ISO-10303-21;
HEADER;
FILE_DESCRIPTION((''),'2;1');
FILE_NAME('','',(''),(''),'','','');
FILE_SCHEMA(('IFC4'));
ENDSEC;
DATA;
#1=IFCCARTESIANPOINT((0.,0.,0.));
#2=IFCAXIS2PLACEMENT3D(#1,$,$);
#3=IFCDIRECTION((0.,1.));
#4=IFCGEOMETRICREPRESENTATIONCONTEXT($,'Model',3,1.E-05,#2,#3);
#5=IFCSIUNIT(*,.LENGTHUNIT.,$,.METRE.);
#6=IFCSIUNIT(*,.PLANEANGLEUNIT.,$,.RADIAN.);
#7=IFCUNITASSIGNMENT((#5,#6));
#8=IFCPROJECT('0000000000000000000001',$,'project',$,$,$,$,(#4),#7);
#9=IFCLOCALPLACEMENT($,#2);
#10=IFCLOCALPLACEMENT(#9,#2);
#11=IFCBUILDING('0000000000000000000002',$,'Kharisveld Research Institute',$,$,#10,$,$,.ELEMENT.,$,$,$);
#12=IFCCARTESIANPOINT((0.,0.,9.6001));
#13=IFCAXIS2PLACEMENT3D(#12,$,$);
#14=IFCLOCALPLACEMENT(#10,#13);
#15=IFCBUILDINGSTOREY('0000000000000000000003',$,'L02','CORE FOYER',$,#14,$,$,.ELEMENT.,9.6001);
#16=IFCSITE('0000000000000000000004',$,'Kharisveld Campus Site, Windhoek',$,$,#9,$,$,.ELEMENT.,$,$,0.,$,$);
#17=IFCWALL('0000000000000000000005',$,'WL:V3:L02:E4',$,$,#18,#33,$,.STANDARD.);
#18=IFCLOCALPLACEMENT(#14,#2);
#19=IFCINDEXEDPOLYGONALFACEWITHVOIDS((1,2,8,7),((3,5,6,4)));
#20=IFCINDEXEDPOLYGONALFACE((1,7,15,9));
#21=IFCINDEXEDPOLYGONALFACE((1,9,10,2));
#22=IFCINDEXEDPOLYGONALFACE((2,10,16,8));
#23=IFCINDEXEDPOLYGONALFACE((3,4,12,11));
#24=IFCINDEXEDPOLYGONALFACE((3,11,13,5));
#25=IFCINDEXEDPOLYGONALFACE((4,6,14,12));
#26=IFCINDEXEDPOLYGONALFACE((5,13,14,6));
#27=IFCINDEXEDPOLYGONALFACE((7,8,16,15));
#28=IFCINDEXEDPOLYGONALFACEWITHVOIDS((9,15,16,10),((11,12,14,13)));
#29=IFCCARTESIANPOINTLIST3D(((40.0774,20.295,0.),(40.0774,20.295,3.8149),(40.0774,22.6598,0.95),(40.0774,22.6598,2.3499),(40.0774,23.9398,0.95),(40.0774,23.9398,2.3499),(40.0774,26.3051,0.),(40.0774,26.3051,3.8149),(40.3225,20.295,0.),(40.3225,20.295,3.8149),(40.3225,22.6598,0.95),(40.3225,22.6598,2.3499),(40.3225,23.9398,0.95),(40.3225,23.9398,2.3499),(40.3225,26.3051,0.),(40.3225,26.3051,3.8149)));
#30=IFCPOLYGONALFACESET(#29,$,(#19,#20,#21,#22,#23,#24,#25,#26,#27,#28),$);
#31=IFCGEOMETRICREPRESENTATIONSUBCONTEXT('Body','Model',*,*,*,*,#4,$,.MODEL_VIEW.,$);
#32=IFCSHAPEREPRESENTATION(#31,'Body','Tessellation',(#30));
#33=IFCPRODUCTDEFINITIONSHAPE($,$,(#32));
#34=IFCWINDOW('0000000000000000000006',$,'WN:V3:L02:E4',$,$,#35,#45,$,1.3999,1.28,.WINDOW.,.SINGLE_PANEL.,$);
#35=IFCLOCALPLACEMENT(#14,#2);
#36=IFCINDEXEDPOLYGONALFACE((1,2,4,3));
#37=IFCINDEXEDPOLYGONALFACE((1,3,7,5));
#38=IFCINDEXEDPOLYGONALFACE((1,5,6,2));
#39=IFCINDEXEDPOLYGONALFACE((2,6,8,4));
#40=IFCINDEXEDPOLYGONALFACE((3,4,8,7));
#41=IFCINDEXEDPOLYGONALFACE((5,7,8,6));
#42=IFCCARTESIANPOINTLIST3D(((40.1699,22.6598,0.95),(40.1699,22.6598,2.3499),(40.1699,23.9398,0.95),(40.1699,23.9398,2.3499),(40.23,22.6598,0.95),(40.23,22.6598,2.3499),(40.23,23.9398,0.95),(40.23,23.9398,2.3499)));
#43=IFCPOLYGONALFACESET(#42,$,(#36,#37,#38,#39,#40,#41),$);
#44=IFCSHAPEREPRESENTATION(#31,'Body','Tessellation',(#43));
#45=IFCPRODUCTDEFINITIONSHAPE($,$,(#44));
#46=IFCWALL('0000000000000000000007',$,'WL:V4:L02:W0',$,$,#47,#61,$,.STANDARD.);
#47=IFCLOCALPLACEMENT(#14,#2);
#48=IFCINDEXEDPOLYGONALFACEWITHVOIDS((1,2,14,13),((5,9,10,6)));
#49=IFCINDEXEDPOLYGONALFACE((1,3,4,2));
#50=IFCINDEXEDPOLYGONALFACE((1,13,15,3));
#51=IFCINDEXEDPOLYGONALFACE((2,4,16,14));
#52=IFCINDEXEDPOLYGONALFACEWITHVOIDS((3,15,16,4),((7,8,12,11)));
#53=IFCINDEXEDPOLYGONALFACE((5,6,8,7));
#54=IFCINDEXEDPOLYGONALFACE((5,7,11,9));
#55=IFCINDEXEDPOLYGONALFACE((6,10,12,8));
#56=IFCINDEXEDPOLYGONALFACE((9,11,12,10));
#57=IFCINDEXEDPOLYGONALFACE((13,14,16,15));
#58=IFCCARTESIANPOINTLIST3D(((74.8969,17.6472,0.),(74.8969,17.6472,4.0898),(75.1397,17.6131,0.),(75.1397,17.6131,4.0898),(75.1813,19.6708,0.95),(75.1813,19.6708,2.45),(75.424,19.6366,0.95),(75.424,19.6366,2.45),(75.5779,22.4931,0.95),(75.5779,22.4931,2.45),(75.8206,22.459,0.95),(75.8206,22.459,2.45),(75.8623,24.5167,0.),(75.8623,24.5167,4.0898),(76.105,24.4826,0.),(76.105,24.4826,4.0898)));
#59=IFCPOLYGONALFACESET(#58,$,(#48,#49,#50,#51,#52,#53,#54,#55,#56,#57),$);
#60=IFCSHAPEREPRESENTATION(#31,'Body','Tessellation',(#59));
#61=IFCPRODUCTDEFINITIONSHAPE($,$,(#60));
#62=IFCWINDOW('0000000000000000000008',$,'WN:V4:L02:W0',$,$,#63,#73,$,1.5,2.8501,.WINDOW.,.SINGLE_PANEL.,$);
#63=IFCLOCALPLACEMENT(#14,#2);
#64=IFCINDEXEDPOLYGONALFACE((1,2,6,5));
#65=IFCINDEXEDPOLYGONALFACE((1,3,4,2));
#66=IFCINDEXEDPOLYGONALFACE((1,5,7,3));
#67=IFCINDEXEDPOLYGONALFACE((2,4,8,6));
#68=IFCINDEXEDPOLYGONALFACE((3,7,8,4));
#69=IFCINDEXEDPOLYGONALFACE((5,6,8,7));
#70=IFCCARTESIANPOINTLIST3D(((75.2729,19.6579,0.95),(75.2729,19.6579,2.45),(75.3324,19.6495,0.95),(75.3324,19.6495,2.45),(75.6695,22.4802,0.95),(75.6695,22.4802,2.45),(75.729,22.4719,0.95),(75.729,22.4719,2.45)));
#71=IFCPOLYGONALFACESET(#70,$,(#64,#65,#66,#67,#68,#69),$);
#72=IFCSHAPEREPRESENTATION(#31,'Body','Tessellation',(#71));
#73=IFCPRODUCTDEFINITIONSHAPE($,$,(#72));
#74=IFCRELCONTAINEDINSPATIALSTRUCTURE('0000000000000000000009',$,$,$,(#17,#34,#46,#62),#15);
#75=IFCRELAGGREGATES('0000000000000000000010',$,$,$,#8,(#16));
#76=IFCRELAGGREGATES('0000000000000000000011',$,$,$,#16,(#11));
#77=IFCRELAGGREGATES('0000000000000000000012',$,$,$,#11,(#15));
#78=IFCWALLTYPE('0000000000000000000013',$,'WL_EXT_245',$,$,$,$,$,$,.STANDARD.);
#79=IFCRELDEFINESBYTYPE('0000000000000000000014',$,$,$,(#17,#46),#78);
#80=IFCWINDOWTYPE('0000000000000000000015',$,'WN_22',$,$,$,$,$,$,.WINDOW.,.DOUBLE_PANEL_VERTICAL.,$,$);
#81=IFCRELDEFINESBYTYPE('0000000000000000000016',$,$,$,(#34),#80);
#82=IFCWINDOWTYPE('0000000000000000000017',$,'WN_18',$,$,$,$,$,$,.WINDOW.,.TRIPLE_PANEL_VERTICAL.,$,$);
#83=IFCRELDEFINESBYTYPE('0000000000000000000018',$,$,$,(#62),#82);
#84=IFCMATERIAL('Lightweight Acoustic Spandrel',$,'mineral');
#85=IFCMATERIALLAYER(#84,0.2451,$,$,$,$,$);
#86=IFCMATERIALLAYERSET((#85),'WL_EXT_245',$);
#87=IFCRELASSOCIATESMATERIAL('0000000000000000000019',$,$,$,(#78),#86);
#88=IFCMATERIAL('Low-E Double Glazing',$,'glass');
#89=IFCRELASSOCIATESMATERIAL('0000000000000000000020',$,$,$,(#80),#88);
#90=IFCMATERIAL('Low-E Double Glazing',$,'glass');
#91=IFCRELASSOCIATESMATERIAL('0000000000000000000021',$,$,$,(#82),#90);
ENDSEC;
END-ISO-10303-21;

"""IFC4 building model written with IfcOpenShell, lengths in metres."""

from ifc_helpers import new_model, si_unit, direction, frame, frame_2d, origin, place, context, subcontext, project, spatial, rectangle, extrude, material, layer, layer_set, type_object, element, fill, save


model = new_model("IFC4")

# Units and contexts
model_context = context("Model", 3, precision=1e-05, world=origin(), true_north=direction((0.0, 1.0)))
body_context = subcontext(model_context, "Body", "Model", "MODEL_VIEW")
ifc_project = project(units=[si_unit("LENGTHUNIT", "METRE"), si_unit("PLANEANGLEUNIT", "RADIAN")], contexts=[model_context])

# Site, building, storey
site_placement = place(None, origin())
site = spatial("IfcSite", under=ifc_project, at=site_placement, Name="Kharisveld Campus Site, Windhoek", CompositionType="ELEMENT", RefElevation=0.0)
building_placement = place(site_placement, origin())
building = spatial("IfcBuilding", under=site, at=building_placement, Name="Kharisveld Research Institute", CompositionType="ELEMENT")
storey_placement = place(building_placement, frame((0.0, 0.0, 9.6001)))
storey = spatial("IfcBuildingStorey", under=building, at=storey_placement, Name="L02", Description="CORE FOYER", CompositionType="ELEMENT", Elevation=9.6001)

# Walls, openings, windows
ifc_material_1 = material(Name="Lightweight Acoustic Spandrel", Category="mineral")
ifc_layer_1 = layer(ifc_material_1, 0.2451)
ifc_layer_set_1 = layer_set([ifc_layer_1], Name="WL_EXT_245")
wall_type = type_object("IfcWallType", Name="WL_EXT_245", PredefinedType="STANDARD", material=ifc_layer_set_1)
wall_1_placement = place(storey_placement, frame((40.2, 26.3049, 0.0), z_axis=(0.0, 0.0, 1.0), x_axis=(0.0, -1.0, 0.0)))
wall_1 = element("IfcWall", 1, at=wall_1_placement, inside=storey, type_object=wall_type, Name="WL:V3:L02:E4", PredefinedType="STANDARD", context=body_context, shape_type="SweptSolid", body=[
    extrude(rectangle(XDim=6.01, YDim=0.2451, at=frame_2d((3.0049, 0.0))), origin(), (0.0, 0.0, 1.0), 3.8149),
])
opening_1_placement = place(wall_1_placement, frame((2.365, 0.0, 0.95)))
opening_1 = element("IfcOpeningElement", 2, at=opening_1_placement, cuts=wall_1, PredefinedType="OPENING", context=body_context, shape_type="SweptSolid", body=[
    extrude(rectangle(XDim=1.28, YDim=1.3999, at=frame_2d((0.6401, 0.7))), frame((0.0, 0.1226, 0.0), z_axis=(0.0, -1.0, 0.0), x_axis=(1.0, 0.0, 0.0)), (0.0, 0.0, 1.0), 0.2451),
])
ifc_material_2 = material(Name="Low-E Double Glazing", Category="glass")
window_type_1 = type_object("IfcWindowType", Name="WN_22", PartitioningType="DOUBLE_PANEL_VERTICAL", PredefinedType="WINDOW", material=ifc_material_2)
window_1_placement = place(opening_1_placement, origin())
window_1 = element("IfcWindow", 3, at=window_1_placement, inside=storey, type_object=window_type_1, Name="WN:V3:L02:E4", OverallHeight=1.3999, OverallWidth=1.28, PartitioningType="SINGLE_PANEL", PredefinedType="WINDOW", context=body_context, shape_type="SweptSolid", body=[
    extrude(rectangle(XDim=1.28, YDim=1.3999, at=frame_2d((0.6401, 0.7))), frame((0.0, 0.03, 0.0), z_axis=(0.0, -1.0, 0.0), x_axis=(1.0, 0.0, 0.0)), (0.0, 0.0, 1.0), 0.0601),
])
fill(opening_1, window_1)
wall_2_placement = place(storey_placement, frame((75.0183, 17.6301, 0.0), z_axis=(0.0, 0.0, 1.0), x_axis=(0.139155, 0.990271, 0.0)))
wall_2 = element("IfcWall", 4, at=wall_2_placement, inside=storey, type_object=wall_type, Name="WL:V4:L02:W0", PredefinedType="STANDARD", context=body_context, shape_type="SweptSolid", body=[
    extrude(rectangle(XDim=6.937, YDim=0.2451, at=frame_2d((3.4685, 0.0))), origin(), (0.0, 0.0, 1.0), 4.0898),
])
opening_2_placement = place(wall_2_placement, frame((2.0435, 0.0, 0.95)))
opening_2 = element("IfcOpeningElement", 5, at=opening_2_placement, cuts=wall_2, PredefinedType="OPENING", context=body_context, shape_type="SweptSolid", body=[
    extrude(rectangle(XDim=2.8501, YDim=1.5, at=frame_2d((1.425, 0.75))), frame((0.0, 0.1226, 0.0), z_axis=(0.0, -1.0, 0.0), x_axis=(1.0, 0.0, 0.0)), (0.0, 0.0, 1.0), 0.2451),
])
ifc_material_3 = material(Name="Low-E Double Glazing", Category="glass")
window_type_2 = type_object("IfcWindowType", Name="WN_18", PartitioningType="TRIPLE_PANEL_VERTICAL", PredefinedType="WINDOW", material=ifc_material_3)
window_2_placement = place(opening_2_placement, origin())
window_2 = element("IfcWindow", 6, at=window_2_placement, inside=storey, type_object=window_type_2, Name="WN:V4:L02:W0", OverallHeight=1.5, OverallWidth=2.8501, PartitioningType="SINGLE_PANEL", PredefinedType="WINDOW", context=body_context, shape_type="SweptSolid", body=[
    extrude(rectangle(XDim=2.8501, YDim=1.5, at=frame_2d((1.425, 0.75))), frame((0.0, 0.03, 0.0), z_axis=(0.0, -1.0, 0.0), x_axis=(1.0, 0.0, 0.0)), (0.0, 0.0, 1.0), 0.0601),
])
fill(opening_2, window_2)

save(model, "model.ifc")
